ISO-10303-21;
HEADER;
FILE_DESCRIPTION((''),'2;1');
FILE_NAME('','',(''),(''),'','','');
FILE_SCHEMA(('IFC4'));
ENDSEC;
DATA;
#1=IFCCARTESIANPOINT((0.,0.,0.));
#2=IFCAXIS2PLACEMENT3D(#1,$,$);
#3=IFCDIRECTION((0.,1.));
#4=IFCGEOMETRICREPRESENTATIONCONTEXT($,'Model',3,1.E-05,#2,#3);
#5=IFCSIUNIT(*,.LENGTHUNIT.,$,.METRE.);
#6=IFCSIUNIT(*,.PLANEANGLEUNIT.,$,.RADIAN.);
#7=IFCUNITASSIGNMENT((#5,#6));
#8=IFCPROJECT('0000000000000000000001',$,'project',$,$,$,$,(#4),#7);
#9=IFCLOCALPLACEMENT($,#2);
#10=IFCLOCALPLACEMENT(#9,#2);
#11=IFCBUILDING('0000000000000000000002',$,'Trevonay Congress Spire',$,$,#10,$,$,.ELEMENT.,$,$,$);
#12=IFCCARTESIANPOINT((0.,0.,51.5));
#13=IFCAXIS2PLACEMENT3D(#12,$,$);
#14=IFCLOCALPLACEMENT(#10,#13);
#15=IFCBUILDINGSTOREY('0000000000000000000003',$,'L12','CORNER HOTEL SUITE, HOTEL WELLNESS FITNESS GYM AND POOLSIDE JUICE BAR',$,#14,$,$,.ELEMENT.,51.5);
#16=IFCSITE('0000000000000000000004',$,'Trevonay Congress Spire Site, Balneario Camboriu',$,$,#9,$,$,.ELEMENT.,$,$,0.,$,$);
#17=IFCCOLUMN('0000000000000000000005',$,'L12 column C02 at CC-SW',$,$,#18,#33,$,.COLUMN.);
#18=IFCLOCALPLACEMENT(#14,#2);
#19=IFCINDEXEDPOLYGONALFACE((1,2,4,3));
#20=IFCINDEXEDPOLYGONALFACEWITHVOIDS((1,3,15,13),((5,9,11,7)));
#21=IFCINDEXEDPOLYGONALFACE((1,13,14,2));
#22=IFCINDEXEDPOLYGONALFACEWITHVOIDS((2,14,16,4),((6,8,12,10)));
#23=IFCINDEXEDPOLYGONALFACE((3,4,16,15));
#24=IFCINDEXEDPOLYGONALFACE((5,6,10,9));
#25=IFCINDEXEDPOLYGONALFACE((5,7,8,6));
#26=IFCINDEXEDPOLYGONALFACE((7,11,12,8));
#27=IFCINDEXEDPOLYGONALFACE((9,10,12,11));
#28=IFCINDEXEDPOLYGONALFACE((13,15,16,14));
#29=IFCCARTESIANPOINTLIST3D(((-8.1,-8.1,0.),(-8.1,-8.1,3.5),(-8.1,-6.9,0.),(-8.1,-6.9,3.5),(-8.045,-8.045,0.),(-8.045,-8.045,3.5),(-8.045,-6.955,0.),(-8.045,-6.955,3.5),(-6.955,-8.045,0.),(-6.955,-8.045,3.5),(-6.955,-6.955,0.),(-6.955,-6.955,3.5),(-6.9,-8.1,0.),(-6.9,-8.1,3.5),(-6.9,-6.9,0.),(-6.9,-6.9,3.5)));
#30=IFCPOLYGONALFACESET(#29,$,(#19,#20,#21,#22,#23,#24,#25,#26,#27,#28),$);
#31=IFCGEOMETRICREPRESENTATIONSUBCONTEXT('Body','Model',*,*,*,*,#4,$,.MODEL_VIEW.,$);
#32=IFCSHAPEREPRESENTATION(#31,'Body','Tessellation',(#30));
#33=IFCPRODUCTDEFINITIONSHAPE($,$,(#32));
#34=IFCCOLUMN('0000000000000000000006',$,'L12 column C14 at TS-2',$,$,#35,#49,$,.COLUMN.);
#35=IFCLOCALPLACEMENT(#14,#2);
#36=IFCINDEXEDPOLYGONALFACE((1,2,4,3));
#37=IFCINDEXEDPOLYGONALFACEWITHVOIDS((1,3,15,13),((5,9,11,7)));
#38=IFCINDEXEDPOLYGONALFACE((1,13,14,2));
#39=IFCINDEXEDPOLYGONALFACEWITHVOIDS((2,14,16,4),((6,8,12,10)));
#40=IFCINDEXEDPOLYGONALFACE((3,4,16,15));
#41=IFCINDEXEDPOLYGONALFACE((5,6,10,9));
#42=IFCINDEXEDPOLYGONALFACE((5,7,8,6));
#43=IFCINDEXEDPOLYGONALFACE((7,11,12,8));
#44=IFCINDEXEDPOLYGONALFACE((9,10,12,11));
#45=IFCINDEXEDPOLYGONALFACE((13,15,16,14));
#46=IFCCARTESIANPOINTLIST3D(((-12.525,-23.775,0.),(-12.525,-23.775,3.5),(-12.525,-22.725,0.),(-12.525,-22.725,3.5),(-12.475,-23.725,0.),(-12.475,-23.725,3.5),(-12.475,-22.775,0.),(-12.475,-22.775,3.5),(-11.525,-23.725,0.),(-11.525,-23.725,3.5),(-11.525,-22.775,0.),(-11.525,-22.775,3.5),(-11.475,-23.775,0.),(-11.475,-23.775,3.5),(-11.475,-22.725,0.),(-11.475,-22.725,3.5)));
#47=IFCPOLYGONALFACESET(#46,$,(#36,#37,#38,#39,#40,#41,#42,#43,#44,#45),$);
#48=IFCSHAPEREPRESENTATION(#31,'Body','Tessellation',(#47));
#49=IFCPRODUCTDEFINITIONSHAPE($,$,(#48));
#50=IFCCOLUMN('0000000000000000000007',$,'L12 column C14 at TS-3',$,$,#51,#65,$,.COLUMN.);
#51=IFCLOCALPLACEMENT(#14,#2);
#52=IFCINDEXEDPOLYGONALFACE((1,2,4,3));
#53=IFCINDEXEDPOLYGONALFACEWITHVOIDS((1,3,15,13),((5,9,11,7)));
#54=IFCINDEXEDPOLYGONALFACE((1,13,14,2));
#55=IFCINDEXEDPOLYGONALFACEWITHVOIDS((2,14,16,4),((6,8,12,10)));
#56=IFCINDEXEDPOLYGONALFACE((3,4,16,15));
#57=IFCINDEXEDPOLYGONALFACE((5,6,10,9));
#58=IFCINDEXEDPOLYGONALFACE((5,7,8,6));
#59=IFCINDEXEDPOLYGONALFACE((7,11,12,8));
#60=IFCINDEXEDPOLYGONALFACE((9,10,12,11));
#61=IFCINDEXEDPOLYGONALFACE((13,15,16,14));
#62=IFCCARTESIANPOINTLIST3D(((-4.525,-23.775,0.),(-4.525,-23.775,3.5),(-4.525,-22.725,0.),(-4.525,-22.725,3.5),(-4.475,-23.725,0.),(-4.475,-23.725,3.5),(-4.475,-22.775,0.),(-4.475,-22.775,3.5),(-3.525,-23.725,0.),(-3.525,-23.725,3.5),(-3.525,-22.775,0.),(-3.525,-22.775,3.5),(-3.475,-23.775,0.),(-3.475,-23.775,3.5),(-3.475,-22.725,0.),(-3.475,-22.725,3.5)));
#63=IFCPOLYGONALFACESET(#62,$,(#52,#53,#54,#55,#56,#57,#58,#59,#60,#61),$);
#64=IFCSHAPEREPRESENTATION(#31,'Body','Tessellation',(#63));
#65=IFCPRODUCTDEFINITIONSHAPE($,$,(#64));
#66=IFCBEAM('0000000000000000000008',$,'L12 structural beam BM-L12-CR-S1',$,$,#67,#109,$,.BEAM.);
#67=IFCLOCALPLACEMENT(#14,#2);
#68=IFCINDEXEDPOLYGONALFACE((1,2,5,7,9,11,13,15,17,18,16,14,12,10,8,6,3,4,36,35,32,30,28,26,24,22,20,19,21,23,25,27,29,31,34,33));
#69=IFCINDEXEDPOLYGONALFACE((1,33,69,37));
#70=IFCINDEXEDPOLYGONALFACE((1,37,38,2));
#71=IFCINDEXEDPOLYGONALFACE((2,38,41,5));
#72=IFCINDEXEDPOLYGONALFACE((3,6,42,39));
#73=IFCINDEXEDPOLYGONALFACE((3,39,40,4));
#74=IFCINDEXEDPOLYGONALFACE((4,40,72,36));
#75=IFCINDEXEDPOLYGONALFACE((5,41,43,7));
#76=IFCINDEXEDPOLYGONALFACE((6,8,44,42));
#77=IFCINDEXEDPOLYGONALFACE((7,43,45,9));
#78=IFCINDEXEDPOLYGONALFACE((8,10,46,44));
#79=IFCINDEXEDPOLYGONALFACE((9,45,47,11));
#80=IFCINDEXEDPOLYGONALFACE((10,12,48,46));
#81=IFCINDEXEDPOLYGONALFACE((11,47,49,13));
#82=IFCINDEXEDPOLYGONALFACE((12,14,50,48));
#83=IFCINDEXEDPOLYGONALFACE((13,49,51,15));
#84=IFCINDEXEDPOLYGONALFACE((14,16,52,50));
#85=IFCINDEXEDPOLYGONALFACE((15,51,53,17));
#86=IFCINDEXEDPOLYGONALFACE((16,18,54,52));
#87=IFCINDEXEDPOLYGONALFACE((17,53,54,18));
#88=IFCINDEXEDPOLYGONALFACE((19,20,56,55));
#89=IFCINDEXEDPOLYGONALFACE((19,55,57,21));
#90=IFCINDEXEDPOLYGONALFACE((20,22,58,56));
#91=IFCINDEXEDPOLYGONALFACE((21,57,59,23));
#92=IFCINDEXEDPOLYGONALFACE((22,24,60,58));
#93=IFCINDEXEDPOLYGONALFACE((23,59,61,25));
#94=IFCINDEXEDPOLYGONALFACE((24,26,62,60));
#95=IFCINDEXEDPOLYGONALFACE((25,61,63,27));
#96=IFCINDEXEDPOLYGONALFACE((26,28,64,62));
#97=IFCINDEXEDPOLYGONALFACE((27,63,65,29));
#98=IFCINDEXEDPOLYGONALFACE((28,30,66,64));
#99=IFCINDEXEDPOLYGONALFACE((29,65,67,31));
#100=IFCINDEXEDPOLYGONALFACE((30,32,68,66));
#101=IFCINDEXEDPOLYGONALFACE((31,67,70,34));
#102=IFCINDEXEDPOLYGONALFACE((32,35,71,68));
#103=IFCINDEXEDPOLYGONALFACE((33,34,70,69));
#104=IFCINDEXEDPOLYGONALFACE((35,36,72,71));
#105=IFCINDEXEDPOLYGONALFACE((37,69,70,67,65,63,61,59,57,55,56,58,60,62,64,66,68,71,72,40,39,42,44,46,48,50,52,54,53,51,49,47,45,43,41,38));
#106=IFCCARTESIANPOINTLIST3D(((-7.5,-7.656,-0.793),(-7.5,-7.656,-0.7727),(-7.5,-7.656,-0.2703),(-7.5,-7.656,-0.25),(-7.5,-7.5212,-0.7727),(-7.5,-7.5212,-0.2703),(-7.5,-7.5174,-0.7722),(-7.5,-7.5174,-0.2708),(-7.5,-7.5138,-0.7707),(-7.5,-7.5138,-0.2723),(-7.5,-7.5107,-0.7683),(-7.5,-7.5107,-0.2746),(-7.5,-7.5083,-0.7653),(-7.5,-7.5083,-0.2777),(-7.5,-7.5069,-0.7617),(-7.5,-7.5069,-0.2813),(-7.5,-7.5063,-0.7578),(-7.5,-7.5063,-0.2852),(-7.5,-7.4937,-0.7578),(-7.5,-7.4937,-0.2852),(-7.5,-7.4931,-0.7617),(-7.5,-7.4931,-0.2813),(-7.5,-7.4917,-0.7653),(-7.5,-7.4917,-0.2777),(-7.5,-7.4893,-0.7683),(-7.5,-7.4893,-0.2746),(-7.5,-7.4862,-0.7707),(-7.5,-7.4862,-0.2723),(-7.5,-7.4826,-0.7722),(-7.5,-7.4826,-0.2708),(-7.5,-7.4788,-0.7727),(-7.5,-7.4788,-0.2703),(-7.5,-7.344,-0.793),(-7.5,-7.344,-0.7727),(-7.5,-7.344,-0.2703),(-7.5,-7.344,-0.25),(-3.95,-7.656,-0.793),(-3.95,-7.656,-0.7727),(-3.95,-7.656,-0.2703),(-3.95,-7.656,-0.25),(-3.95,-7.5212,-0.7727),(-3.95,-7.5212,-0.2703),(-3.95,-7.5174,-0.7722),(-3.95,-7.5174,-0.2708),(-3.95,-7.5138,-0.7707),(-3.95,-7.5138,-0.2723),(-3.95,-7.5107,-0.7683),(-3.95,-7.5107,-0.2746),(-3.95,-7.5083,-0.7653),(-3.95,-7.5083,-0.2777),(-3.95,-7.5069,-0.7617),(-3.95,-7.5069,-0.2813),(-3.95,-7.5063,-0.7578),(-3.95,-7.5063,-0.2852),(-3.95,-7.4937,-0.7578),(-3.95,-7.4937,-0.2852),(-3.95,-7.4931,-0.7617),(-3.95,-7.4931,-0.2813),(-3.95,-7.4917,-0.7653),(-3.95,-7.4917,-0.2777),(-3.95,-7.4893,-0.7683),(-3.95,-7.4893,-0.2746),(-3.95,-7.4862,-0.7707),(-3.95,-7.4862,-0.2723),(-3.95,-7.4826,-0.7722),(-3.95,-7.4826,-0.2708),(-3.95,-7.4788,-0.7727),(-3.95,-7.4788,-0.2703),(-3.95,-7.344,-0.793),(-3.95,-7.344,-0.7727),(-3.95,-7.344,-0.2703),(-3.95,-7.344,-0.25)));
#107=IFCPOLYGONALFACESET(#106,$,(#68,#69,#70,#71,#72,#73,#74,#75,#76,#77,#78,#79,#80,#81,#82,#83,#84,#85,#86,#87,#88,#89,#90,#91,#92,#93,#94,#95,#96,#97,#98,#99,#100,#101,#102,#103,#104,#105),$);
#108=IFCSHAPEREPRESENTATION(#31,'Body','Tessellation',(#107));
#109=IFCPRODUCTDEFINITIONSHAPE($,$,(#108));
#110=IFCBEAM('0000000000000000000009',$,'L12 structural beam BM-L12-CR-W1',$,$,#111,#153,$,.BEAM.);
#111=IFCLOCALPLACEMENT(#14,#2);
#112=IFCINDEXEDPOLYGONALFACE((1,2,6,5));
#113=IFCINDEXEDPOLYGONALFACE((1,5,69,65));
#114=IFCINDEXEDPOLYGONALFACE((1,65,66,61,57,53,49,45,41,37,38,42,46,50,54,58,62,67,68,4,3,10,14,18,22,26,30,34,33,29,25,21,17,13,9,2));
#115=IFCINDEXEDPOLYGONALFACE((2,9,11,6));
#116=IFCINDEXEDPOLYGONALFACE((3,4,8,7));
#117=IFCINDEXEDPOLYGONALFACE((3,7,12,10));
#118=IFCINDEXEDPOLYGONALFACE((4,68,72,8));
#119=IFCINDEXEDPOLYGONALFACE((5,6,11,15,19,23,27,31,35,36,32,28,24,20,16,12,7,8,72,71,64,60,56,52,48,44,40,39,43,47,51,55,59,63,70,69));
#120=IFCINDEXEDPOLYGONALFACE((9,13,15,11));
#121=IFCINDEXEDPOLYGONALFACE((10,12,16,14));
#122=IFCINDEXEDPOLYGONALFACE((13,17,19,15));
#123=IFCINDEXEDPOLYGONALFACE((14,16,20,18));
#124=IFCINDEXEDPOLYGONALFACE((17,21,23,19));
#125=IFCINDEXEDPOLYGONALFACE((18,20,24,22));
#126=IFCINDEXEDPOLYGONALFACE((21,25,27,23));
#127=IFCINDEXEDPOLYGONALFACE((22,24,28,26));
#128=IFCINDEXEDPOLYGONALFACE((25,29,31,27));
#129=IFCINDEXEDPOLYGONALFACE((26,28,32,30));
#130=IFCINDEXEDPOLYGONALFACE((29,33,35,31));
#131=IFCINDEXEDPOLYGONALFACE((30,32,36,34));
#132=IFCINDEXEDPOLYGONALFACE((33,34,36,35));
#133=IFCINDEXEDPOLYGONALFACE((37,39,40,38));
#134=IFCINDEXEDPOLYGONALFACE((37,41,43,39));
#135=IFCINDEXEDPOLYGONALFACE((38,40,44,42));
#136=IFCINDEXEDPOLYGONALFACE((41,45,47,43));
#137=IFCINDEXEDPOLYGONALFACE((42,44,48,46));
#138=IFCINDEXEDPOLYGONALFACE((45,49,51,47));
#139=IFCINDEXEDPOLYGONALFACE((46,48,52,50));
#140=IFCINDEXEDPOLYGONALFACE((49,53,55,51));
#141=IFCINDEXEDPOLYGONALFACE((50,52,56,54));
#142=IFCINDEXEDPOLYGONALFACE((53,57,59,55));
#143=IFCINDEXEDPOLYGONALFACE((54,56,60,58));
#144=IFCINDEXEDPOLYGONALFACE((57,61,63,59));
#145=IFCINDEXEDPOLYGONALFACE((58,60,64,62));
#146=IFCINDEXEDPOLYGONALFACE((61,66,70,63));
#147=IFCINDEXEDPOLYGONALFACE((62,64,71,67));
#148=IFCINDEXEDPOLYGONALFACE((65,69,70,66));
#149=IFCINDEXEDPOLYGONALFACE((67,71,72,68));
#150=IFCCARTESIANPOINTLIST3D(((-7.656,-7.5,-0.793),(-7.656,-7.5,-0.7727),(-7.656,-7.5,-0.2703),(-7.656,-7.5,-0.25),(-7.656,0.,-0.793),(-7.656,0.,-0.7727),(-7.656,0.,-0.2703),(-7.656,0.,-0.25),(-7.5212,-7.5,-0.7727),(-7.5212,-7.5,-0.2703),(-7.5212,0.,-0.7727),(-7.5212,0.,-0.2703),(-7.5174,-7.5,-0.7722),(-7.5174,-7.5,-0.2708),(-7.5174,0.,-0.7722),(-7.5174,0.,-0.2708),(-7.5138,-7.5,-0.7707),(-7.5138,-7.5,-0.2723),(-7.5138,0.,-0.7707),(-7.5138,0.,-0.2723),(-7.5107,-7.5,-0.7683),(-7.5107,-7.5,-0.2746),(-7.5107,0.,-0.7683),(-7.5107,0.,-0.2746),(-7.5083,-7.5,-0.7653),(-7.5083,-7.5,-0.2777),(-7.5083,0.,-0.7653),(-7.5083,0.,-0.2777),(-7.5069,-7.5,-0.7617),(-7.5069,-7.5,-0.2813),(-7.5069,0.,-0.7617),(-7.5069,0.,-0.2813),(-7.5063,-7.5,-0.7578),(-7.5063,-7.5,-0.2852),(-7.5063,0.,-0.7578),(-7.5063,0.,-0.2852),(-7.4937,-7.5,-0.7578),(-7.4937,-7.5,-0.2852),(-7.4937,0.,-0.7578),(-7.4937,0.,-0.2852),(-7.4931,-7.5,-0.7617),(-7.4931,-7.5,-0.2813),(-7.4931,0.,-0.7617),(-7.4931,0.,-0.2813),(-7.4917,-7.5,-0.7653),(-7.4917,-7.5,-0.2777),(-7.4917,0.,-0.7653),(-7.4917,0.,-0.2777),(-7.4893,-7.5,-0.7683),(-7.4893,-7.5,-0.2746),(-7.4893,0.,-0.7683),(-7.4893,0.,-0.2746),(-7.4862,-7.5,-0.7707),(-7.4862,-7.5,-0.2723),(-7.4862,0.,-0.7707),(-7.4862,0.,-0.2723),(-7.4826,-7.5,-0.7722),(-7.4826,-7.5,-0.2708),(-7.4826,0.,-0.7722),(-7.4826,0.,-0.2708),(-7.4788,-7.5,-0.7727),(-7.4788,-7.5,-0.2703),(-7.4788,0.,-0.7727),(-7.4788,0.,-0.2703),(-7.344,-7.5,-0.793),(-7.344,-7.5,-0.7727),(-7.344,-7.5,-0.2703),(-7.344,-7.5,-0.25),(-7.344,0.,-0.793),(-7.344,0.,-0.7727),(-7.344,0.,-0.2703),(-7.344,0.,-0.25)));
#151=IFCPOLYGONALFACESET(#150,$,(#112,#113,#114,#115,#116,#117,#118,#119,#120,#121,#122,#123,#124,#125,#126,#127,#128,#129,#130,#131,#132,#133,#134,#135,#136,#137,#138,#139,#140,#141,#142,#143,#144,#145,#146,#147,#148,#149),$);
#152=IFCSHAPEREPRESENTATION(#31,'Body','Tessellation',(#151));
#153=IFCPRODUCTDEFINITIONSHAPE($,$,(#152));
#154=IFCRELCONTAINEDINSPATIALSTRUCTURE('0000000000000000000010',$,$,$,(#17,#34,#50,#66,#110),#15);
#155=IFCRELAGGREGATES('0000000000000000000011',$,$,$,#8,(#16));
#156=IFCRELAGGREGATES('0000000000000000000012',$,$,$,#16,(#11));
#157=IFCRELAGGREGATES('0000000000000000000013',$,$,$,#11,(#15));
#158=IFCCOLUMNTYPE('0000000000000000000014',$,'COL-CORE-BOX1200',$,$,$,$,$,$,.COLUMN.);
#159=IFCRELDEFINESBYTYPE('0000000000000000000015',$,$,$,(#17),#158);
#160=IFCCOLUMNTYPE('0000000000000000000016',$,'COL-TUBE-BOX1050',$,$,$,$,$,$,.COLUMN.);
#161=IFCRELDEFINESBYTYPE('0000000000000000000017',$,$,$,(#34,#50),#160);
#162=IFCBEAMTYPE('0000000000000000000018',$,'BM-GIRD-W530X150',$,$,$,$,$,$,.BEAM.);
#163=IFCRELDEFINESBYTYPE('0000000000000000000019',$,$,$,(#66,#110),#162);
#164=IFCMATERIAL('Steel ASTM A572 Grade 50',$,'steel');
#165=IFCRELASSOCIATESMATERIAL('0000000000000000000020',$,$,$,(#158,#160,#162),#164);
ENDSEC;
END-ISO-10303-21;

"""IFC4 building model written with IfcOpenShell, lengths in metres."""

from ifc_helpers import new_model, si_unit, direction, frame, origin, origin_2d, place, context, subcontext, project, spatial, hollow_rectangle, i_section, extrude, material, material_profile, profile_set, type_object, element, save


model = new_model("IFC4")

# Units and contexts
model_context = context("Model", 3, precision=1e-05, world=origin(), true_north=direction((0.0, 1.0)))
body_context = subcontext(model_context, "Body", "Model", "MODEL_VIEW")
ifc_project = project(units=[si_unit("LENGTHUNIT", "METRE"), si_unit("PLANEANGLEUNIT", "RADIAN")], contexts=[model_context])

# Site, building, storey
site_placement = place(None, origin())
site = spatial("IfcSite", under=ifc_project, at=site_placement, Name="Trevonay Congress Spire Site, Balneario Camboriu", CompositionType="ELEMENT", RefElevation=0.0)
building_placement = place(site_placement, origin())
building = spatial("IfcBuilding", under=site, at=building_placement, Name="Trevonay Congress Spire", CompositionType="ELEMENT")
storey_placement = place(building_placement, frame((0.0, 0.0, 51.5)))
storey = spatial("IfcBuildingStorey", under=building, at=storey_placement, Name="L12", Description="CORNER HOTEL SUITE, HOTEL WELLNESS FITNESS GYM AND POOLSIDE JUICE BAR", CompositionType="ELEMENT", Elevation=51.5)

# Columns
ifc_material_1 = material(Name="Steel ASTM A572 Grade 50", Category="steel")
ifc_material_profile_1 = material_profile(ifc_material_1, hollow_rectangle(XDim=1.2, YDim=1.2, WallThickness=0.0549, at=origin_2d()), Name="BOX 1200x1200x55")
ifc_profile_set_1 = profile_set([ifc_material_profile_1], Name="Steel ASTM A572 Grade 50")
column_type_1 = type_object("IfcColumnType", Name="COL-CORE-BOX1200", PredefinedType="COLUMN", material=ifc_profile_set_1)
column_placement = place(storey_placement, frame((-7.5, -7.5, 0.0), z_axis=(0.0, 0.0, 1.0), x_axis=(1.0, 0.0, 0.0)))
element("IfcColumn", 1, at=column_placement, inside=storey, type_object=column_type_1, Name="L12 column C02 at CC-SW", PredefinedType="COLUMN", context=body_context, shape_type="SweptSolid", body=[
    extrude(hollow_rectangle(XDim=1.2, YDim=1.2, WallThickness=0.0549, at=origin_2d()), origin(), (0.0, 0.0, 1.0), 3.5),
])
ifc_material_profile_2 = material_profile(ifc_material_1, hollow_rectangle(XDim=1.05, YDim=1.05, WallThickness=0.05, at=origin_2d()), Name="BOX 1050x1050x50")
ifc_profile_set_2 = profile_set([ifc_material_profile_2], Name="Steel ASTM A572 Grade 50")
column_type_2 = type_object("IfcColumnType", Name="COL-TUBE-BOX1050", PredefinedType="COLUMN", material=ifc_profile_set_2)
for number, where, z_axis, x_axis, name in (
    (2, (-12.0, -23.25, 0.0), (0.0, 0.0, 1.0), (1.0, 0.0, 0.0), "L12 column C14 at TS-2"),
    (3, (-4.0, -23.25, 0.0), (0.0, 0.0, 1.0), (1.0, 0.0, 0.0), "L12 column C14 at TS-3"),
):
    element("IfcColumn", number, at=place(storey_placement, frame(where, z_axis=z_axis, x_axis=x_axis)), inside=storey, type_object=column_type_2, Name=name, PredefinedType="COLUMN", context=body_context, shape_type="SweptSolid", body=[
        extrude(hollow_rectangle(XDim=1.05, YDim=1.05, WallThickness=0.05, at=origin_2d()), origin(), (0.0, 0.0, 1.0), 3.5),
    ])

# Beams
ifc_material_profile_3 = material_profile(ifc_material_1, i_section(OverallWidth=0.312, OverallDepth=0.543, WebThickness=0.0127, FlangeThickness=0.0203, FilletRadius=0.0149, at=origin_2d()), Name="W530x150")
ifc_profile_set_3 = profile_set([ifc_material_profile_3], Name="Steel ASTM A572 Grade 50")
beam_type_1 = type_object("IfcBeamType", Name="BM-GIRD-W530X150", PredefinedType="BEAM", material=ifc_profile_set_3)
beam_1_placement = place(storey_placement, frame((-7.5, -7.5, -0.5215), z_axis=(1.0, 0.0, 0.0), x_axis=(0.0, 1.0, 0.0)))
element("IfcBeam", 4, at=beam_1_placement, inside=storey, type_object=beam_type_1, Name="L12 structural beam BM-L12-CR-S1", PredefinedType="BEAM", context=body_context, shape_type="SweptSolid", body=[
    extrude(i_section(OverallWidth=0.312, OverallDepth=0.543, WebThickness=0.0127, FlangeThickness=0.0203, FilletRadius=0.0149, at=origin_2d()), origin(), (0.0, 0.0, 1.0), 3.55),
])
beam_2_placement = place(storey_placement, frame((-7.5, -7.5, -0.5215), z_axis=(0.0, 1.0, 0.0), x_axis=(-1.0, 0.0, 0.0)))
element("IfcBeam", 5, at=beam_2_placement, inside=storey, type_object=beam_type_1, Name="L12 structural beam BM-L12-CR-W1", PredefinedType="BEAM", context=body_context, shape_type="SweptSolid", body=[
    extrude(i_section(OverallWidth=0.312, OverallDepth=0.543, WebThickness=0.0127, FlangeThickness=0.0203, FilletRadius=0.0149, at=origin_2d()), origin(), (0.0, 0.0, 1.0), 7.5),
])

save(model, "model.ifc")
